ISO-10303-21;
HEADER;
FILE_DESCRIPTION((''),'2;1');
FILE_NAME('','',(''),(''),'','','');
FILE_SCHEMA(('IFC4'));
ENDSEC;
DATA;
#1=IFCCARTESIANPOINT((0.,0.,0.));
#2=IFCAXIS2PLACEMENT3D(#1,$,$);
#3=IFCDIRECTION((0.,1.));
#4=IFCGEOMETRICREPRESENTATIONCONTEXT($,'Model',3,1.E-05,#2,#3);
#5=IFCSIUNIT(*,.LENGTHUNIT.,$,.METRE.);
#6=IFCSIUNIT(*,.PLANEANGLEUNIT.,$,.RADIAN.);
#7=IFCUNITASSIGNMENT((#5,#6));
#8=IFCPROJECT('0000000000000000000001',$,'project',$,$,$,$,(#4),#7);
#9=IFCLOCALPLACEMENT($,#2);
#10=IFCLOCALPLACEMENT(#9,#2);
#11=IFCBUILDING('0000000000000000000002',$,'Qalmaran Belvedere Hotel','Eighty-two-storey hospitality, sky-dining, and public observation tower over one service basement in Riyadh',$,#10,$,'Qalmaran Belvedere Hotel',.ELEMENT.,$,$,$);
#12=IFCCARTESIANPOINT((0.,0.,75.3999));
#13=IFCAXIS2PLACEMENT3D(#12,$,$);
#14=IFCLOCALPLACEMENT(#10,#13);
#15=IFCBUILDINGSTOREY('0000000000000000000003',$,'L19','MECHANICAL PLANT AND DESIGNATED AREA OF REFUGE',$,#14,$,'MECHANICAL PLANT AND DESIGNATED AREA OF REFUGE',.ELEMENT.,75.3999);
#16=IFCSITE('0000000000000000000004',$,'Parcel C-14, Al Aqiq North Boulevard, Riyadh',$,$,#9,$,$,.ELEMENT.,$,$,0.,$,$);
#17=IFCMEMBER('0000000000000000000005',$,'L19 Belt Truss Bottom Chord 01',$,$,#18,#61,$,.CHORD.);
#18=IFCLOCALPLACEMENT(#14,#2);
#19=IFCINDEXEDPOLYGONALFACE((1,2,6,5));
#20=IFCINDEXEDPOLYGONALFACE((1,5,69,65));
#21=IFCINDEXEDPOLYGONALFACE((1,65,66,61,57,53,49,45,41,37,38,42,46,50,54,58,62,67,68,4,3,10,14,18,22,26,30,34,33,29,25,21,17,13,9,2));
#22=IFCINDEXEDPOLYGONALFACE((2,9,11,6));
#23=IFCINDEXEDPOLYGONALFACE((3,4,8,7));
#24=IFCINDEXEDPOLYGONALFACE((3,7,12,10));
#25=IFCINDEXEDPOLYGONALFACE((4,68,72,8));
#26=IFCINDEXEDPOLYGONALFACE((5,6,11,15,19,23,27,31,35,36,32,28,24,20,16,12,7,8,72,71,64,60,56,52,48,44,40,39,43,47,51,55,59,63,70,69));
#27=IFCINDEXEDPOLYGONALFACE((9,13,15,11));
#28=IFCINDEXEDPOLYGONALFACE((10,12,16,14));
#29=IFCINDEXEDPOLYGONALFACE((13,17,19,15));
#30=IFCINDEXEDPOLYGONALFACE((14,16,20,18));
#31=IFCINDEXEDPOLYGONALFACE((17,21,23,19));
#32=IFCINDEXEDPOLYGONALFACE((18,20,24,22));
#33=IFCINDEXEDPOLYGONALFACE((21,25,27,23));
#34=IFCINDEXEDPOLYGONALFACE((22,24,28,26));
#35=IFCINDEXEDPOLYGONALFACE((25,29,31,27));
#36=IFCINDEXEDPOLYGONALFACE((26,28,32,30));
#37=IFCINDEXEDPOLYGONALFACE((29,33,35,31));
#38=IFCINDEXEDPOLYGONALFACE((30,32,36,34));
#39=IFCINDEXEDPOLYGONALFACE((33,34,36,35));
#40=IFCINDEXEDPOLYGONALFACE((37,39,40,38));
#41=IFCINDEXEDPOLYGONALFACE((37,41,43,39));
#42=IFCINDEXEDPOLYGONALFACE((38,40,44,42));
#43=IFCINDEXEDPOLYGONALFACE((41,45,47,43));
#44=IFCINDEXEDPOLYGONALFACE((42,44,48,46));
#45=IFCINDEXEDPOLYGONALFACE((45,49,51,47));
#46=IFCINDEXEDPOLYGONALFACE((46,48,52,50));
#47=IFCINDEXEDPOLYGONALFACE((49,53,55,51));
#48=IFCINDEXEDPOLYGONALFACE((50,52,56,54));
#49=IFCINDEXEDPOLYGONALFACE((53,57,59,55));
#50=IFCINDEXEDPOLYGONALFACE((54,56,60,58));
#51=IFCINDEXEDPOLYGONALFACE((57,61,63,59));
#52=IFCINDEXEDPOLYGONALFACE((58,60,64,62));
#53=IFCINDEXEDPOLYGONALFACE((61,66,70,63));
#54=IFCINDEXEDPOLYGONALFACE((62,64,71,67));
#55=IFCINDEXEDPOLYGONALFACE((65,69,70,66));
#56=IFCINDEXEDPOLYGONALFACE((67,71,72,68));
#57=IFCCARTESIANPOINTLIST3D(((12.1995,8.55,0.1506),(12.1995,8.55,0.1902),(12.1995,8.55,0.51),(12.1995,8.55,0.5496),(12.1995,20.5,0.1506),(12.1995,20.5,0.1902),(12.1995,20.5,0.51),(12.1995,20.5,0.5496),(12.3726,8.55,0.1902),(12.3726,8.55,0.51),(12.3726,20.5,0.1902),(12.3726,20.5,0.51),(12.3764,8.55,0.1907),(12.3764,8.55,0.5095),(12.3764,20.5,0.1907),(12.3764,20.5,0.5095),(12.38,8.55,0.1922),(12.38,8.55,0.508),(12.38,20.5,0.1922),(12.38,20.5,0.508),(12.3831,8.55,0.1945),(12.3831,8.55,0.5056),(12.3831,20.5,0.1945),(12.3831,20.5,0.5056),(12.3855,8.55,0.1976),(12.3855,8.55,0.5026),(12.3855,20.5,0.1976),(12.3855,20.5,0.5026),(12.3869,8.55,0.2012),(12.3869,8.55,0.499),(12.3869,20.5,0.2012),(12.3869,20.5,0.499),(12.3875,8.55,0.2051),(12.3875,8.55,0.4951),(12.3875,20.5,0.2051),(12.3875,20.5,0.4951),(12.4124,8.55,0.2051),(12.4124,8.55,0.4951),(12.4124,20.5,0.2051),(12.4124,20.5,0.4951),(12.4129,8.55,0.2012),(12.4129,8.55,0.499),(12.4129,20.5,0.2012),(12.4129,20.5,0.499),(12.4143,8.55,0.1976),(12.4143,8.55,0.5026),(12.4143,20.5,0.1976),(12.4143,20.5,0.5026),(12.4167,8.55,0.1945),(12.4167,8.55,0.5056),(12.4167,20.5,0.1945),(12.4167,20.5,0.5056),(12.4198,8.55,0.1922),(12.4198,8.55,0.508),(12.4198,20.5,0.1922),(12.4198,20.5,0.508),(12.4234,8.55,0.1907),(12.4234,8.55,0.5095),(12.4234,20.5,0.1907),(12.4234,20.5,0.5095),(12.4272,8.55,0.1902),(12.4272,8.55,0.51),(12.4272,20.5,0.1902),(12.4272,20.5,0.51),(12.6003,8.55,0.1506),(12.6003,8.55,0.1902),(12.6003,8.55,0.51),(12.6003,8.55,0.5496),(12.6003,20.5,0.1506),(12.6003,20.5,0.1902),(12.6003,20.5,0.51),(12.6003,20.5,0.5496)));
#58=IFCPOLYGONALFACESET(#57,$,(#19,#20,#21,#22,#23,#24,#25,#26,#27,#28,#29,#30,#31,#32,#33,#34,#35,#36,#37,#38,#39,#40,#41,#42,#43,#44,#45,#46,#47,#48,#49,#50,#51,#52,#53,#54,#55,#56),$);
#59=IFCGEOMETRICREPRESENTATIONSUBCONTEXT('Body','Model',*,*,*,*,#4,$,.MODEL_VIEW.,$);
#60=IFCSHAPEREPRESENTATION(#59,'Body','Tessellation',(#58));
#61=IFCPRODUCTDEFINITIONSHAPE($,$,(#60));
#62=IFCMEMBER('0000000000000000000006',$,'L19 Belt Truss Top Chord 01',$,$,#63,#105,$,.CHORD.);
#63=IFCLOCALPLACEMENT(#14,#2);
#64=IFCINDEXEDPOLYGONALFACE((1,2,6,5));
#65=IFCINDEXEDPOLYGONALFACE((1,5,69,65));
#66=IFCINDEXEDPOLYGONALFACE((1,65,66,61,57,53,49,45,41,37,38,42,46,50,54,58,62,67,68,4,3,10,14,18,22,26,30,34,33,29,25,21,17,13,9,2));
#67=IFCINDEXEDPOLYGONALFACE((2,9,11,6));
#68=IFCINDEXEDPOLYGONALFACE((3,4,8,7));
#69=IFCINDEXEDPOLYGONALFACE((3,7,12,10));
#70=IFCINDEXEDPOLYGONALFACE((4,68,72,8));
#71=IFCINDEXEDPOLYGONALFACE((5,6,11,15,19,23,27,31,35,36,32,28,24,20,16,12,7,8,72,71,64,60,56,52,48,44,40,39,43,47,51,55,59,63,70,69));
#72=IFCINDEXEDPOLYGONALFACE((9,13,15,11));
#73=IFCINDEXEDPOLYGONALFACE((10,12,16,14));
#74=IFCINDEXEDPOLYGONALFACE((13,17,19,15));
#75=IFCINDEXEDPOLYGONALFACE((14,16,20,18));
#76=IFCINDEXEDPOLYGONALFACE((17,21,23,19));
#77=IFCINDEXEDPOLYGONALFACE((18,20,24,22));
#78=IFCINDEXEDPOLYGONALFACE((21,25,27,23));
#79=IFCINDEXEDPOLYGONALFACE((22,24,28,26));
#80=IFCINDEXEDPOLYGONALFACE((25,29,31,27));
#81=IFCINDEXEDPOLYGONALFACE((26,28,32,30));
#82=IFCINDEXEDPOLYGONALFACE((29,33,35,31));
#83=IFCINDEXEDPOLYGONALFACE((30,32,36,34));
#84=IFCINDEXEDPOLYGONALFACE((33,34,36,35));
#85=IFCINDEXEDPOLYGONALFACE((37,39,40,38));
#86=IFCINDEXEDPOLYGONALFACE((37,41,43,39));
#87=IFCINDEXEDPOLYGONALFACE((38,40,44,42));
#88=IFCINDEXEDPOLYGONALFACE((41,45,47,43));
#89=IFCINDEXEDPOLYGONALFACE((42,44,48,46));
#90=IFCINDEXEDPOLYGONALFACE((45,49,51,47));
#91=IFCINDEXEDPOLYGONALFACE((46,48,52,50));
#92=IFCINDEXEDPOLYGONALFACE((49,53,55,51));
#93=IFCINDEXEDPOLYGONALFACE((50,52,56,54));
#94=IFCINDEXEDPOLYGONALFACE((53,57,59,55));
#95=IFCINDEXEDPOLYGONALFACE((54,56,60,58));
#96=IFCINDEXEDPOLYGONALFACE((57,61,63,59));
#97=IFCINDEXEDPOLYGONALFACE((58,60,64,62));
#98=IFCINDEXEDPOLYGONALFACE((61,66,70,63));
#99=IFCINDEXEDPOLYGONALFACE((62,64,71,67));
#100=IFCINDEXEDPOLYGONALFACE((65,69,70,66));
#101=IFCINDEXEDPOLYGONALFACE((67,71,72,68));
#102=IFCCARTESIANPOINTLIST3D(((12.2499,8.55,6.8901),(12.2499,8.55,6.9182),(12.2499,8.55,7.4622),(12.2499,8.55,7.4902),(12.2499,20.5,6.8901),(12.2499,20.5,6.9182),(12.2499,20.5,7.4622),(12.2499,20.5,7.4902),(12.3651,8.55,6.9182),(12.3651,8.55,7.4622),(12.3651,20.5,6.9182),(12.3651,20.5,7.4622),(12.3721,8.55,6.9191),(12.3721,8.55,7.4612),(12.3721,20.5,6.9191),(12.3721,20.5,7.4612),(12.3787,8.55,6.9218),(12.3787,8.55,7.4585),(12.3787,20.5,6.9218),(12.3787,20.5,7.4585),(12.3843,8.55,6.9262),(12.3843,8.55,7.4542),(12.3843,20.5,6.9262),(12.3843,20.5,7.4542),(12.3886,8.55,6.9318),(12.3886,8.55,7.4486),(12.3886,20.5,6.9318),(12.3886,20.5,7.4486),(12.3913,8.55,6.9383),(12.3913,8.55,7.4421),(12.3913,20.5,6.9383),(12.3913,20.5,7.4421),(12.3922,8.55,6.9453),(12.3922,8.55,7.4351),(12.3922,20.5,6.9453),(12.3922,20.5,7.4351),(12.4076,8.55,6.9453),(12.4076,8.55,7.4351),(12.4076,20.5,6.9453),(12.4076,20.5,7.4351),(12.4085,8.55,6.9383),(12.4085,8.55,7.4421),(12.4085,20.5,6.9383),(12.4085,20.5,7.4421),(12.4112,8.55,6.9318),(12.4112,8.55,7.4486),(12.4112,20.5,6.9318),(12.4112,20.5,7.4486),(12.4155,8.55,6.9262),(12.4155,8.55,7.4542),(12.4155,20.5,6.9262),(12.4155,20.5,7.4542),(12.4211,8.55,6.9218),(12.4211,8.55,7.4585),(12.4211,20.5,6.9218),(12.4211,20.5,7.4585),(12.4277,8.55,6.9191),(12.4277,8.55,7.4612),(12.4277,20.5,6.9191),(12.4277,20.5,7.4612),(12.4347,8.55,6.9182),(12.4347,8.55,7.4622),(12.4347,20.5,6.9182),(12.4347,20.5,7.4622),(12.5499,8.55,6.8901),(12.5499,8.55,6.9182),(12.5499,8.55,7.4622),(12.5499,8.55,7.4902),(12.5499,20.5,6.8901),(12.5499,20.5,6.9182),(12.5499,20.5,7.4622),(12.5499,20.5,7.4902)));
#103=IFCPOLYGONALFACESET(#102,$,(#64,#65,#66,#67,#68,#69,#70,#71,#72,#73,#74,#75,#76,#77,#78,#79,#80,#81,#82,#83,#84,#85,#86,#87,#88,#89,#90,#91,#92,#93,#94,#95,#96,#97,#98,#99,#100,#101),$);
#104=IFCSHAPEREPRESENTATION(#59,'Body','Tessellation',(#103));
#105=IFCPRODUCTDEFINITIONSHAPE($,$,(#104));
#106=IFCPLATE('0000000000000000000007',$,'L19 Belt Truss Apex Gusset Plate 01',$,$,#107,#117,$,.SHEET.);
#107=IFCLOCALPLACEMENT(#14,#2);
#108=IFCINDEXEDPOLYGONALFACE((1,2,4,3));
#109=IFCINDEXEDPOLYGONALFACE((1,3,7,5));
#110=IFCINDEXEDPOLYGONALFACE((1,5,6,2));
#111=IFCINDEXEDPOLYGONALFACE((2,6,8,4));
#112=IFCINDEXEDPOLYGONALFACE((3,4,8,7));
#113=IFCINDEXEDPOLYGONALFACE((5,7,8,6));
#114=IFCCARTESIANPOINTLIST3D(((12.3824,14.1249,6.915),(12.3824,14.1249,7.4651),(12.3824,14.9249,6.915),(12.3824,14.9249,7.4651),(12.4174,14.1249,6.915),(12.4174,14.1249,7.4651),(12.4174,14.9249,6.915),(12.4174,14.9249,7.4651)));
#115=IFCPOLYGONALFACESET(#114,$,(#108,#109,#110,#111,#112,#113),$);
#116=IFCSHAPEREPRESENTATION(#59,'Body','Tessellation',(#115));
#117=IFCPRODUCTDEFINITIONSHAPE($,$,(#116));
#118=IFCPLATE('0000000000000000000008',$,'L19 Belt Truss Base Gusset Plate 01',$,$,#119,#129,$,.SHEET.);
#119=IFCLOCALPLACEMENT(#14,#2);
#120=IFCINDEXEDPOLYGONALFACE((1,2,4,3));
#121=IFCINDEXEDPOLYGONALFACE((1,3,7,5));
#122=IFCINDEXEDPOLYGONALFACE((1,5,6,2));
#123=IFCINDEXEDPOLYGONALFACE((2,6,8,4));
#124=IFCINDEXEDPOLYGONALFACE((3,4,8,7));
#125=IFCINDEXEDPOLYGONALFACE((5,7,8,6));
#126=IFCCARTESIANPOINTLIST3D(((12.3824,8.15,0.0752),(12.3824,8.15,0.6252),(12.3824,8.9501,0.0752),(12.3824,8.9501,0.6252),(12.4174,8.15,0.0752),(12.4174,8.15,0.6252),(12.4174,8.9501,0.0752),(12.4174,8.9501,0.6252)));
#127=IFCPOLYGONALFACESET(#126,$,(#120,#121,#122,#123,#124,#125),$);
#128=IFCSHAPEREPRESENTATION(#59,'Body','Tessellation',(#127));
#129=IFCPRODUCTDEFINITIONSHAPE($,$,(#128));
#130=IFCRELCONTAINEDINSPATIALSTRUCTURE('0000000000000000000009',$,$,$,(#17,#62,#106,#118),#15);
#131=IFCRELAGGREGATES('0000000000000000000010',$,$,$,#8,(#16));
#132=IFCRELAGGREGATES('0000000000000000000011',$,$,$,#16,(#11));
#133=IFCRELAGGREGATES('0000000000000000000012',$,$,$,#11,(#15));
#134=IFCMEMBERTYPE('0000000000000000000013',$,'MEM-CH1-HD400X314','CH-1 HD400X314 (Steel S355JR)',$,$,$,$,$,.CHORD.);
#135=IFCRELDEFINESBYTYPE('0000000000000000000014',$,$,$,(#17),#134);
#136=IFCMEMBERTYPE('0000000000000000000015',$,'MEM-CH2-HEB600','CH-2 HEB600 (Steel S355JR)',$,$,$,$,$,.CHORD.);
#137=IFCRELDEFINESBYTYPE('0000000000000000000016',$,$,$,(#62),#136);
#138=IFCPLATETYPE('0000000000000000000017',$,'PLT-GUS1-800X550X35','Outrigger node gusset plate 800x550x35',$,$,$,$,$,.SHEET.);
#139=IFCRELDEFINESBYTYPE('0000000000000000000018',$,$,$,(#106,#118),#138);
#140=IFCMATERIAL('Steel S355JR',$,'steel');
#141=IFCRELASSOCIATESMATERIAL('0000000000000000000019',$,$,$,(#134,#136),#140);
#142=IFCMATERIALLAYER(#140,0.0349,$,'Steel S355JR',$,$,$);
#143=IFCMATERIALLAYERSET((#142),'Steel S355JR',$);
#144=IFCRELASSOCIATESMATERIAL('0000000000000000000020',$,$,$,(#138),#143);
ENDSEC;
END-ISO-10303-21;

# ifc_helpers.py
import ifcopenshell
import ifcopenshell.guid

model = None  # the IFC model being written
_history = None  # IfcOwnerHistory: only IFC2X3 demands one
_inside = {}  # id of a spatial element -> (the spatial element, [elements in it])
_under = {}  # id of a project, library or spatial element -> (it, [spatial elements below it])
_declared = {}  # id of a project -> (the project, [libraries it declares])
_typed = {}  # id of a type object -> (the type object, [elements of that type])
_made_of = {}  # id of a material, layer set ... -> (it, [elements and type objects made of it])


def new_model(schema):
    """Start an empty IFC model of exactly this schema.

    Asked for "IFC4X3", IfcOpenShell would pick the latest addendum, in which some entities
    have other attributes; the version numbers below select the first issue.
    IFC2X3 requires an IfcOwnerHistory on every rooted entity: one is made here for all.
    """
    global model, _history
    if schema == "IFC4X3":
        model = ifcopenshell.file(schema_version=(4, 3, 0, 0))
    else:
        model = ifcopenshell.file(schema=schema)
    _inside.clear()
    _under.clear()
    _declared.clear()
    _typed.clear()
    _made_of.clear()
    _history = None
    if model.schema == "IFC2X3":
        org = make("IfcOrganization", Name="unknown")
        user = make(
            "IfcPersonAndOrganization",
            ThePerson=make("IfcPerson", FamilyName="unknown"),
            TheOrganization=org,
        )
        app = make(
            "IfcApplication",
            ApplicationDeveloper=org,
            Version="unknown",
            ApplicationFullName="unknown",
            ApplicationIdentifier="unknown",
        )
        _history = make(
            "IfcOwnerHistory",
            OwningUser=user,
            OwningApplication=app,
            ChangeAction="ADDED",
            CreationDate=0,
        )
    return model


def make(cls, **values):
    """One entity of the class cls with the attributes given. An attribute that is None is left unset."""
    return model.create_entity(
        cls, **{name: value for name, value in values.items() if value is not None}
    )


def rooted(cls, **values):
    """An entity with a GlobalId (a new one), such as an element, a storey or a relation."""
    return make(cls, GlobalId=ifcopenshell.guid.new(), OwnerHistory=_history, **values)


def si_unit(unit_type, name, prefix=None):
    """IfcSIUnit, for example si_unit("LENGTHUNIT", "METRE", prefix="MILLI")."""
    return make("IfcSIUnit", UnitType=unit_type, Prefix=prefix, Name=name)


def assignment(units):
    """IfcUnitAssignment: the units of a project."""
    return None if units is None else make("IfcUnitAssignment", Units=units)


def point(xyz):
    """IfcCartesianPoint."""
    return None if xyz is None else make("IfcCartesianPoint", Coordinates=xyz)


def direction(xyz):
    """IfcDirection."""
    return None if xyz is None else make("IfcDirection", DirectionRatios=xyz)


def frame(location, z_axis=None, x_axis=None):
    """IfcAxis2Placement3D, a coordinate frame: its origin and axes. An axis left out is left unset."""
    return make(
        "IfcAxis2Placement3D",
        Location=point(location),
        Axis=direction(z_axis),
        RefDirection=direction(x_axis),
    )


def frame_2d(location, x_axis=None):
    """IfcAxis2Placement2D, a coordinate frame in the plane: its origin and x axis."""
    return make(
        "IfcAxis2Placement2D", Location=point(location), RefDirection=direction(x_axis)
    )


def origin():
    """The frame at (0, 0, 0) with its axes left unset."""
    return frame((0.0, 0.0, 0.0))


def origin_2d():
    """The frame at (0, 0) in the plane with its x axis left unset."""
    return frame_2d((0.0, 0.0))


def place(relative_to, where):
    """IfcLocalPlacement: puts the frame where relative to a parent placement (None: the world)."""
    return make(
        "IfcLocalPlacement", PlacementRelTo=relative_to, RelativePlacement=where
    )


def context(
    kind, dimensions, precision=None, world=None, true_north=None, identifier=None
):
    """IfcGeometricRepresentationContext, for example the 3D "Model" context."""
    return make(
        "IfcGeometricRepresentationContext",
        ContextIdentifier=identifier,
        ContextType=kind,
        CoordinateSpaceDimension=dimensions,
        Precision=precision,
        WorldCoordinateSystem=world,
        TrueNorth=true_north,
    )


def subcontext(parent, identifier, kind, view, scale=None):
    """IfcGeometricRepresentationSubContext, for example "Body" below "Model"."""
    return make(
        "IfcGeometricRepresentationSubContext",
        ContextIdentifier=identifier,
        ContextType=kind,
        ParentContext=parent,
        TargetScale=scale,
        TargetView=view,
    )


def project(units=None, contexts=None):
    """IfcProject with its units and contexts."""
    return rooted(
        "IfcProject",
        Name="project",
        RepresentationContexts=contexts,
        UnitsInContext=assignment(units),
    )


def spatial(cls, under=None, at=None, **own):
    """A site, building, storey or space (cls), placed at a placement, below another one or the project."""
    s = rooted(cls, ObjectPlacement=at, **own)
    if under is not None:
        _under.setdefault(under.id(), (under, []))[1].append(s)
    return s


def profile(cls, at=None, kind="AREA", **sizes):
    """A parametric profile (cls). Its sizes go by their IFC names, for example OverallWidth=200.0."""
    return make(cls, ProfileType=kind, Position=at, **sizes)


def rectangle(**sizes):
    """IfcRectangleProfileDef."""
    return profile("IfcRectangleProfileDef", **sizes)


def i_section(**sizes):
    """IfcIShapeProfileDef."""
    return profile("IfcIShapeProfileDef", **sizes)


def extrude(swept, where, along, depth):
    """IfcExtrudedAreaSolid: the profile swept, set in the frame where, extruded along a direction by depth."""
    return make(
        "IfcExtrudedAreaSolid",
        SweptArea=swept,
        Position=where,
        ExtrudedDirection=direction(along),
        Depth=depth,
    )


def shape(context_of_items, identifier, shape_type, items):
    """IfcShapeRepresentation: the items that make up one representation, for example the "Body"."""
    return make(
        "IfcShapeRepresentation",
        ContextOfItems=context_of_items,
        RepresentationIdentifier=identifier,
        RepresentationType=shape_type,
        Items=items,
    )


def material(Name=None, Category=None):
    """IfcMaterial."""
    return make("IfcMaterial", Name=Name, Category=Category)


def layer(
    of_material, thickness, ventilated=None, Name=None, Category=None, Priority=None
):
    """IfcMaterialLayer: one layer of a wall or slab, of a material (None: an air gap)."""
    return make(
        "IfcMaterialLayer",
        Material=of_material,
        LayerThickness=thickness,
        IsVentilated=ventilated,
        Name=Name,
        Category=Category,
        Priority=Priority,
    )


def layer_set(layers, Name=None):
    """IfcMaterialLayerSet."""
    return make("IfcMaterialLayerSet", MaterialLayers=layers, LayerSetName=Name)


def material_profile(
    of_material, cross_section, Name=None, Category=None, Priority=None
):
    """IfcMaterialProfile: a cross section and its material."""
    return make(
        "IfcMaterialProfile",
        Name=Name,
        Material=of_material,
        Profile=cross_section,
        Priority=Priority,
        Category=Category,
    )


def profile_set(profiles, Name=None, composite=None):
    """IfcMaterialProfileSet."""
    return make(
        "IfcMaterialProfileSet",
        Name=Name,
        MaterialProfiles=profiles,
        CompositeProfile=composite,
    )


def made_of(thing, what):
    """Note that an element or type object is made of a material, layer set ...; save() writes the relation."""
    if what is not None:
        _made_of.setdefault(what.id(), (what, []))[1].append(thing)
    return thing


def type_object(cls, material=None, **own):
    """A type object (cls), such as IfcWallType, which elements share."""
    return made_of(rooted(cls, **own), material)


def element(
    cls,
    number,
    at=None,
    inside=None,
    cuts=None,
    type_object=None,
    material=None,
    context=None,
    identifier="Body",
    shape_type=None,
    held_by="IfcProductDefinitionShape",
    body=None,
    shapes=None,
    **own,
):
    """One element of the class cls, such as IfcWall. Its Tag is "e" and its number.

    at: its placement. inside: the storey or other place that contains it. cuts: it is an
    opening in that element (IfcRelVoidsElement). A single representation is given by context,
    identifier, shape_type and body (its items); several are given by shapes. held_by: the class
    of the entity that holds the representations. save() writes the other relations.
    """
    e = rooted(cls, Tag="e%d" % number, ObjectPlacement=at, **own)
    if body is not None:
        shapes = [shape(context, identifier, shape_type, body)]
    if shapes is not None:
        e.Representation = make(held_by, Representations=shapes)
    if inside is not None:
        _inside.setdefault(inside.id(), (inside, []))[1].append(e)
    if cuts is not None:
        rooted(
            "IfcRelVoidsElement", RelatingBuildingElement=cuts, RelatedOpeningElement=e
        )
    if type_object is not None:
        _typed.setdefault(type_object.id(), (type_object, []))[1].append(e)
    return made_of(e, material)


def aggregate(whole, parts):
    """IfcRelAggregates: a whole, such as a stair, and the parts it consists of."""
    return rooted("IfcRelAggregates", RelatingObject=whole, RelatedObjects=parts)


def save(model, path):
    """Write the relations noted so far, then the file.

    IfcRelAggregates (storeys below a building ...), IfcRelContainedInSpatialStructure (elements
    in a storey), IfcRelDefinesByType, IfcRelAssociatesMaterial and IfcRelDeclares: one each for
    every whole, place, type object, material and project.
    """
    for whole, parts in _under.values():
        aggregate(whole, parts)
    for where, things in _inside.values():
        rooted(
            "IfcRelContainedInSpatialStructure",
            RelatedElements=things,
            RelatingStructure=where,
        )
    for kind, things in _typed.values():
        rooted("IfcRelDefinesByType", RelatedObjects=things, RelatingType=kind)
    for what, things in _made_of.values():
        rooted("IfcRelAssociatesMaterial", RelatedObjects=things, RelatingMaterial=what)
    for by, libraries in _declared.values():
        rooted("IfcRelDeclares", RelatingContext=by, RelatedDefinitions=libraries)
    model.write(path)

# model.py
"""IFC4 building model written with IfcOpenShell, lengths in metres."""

from ifc_helpers import new_model, si_unit, direction, frame, origin, origin_2d, place, context, subcontext, project, spatial, rectangle, i_section, extrude, material, layer, layer_set, material_profile, profile_set, type_object, element, save


model = new_model("IFC4")

# Units and contexts
model_context = context("Model", 3, precision=1e-05, world=origin(), true_north=direction((0.0, 1.0)))
body_context = subcontext(model_context, "Body", "Model", "MODEL_VIEW")
ifc_project = project(units=[si_unit("LENGTHUNIT", "METRE"), si_unit("PLANEANGLEUNIT", "RADIAN")], contexts=[model_context])

# Site, building, storey
site_placement = place(None, origin())
site = spatial("IfcSite", under=ifc_project, at=site_placement, Name="Parcel C-14, Al Aqiq North Boulevard, Riyadh", CompositionType="ELEMENT", RefElevation=0.0)
building_placement = place(site_placement, origin())
building = spatial("IfcBuilding", under=site, at=building_placement, Name="Qalmaran Belvedere Hotel", Description="Eighty-two-storey hospitality, sky-dining, and public observation tower over one service basement in Riyadh", LongName="Qalmaran Belvedere Hotel", CompositionType="ELEMENT")
storey_placement = place(building_placement, frame((0.0, 0.0, 75.3999)))
storey = spatial("IfcBuildingStorey", under=building, at=storey_placement, Name="L19", Description="MECHANICAL PLANT AND DESIGNATED AREA OF REFUGE", LongName="MECHANICAL PLANT AND DESIGNATED AREA OF REFUGE", CompositionType="ELEMENT", Elevation=75.3999)

# Shared definitions
ifc_material_1 = material(Name="Steel S355JR", Category="steel")

# Members
ifc_material_profile_1 = material_profile(ifc_material_1, i_section(OverallWidth=0.4009, OverallDepth=0.3989, WebThickness=0.0249, FlangeThickness=0.0396, FilletRadius=0.0149, at=origin_2d()), Name="HD400X314")
ifc_profile_set_1 = profile_set([ifc_material_profile_1], Name="Steel S355JR")
member_type_1 = type_object("IfcMemberType", Name="MEM-CH1-HD400X314", Description="CH-1 HD400X314 (Steel S355JR)", PredefinedType="CHORD", material=ifc_profile_set_1)
member_1_placement = place(storey_placement, frame((12.3999, 8.55, 0.3501), z_axis=(0.0, 1.0, 0.0), x_axis=(-1.0, 0.0, 0.0)))
element("IfcMember", 1, at=member_1_placement, inside=storey, type_object=member_type_1, Name="L19 Belt Truss Bottom Chord 01", PredefinedType="CHORD", context=body_context, shape_type="SweptSolid", body=[
    extrude(i_section(OverallWidth=0.4009, OverallDepth=0.3989, WebThickness=0.0249, FlangeThickness=0.0396, FilletRadius=0.0149, at=origin_2d()), origin(), (0.0, 0.0, 1.0), 11.95),
])
ifc_material_profile_2 = material_profile(ifc_material_1, i_section(OverallWidth=0.3, OverallDepth=0.6001, WebThickness=0.0154, FlangeThickness=0.0281, FilletRadius=0.0271, at=origin_2d()), Name="HEB600")
ifc_profile_set_2 = profile_set([ifc_material_profile_2], Name="Steel S355JR")
member_type_2 = type_object("IfcMemberType", Name="MEM-CH2-HEB600", Description="CH-2 HEB600 (Steel S355JR)", PredefinedType="CHORD", material=ifc_profile_set_2)
member_2_placement = place(storey_placement, frame((12.3999, 8.55, 7.1902), z_axis=(0.0, 1.0, 0.0), x_axis=(-1.0, 0.0, 0.0)))
element("IfcMember", 2, at=member_2_placement, inside=storey, type_object=member_type_2, Name="L19 Belt Truss Top Chord 01", PredefinedType="CHORD", context=body_context, shape_type="SweptSolid", body=[
    extrude(i_section(OverallWidth=0.3, OverallDepth=0.6001, WebThickness=0.0154, FlangeThickness=0.0281, FilletRadius=0.0271, at=origin_2d()), origin(), (0.0, 0.0, 1.0), 11.95),
])

# Plates
ifc_layer_1 = layer(ifc_material_1, 0.0349, Name="Steel S355JR")
ifc_layer_set_1 = layer_set([ifc_layer_1], Name="Steel S355JR")
plate_type = type_object("IfcPlateType", Name="PLT-GUS1-800X550X35", Description="Outrigger node gusset plate 800x550x35", PredefinedType="SHEET", material=ifc_layer_set_1)
for number, where, z_axis, x_axis, name in (
    (3, (12.3999, 14.5249, 6.915), (0.0, 0.0, 1.0), (0.0, 1.0, 0.0), "L19 Belt Truss Apex Gusset Plate 01"),
    (4, (12.3999, 8.55, 0.0752), (0.0, 0.0, 1.0), (0.0, 1.0, 0.0), "L19 Belt Truss Base Gusset Plate 01"),
):
    element("IfcPlate", number, at=place(storey_placement, frame(where, z_axis=z_axis, x_axis=x_axis)), inside=storey, type_object=plate_type, Name=name, PredefinedType="SHEET", context=body_context, shape_type="SweptSolid", body=[
        extrude(rectangle(XDim=0.8, YDim=0.0349, at=origin_2d()), origin(), (0.0, 0.0, 1.0), 0.55),
    ])

save(model, "model.ifc")
